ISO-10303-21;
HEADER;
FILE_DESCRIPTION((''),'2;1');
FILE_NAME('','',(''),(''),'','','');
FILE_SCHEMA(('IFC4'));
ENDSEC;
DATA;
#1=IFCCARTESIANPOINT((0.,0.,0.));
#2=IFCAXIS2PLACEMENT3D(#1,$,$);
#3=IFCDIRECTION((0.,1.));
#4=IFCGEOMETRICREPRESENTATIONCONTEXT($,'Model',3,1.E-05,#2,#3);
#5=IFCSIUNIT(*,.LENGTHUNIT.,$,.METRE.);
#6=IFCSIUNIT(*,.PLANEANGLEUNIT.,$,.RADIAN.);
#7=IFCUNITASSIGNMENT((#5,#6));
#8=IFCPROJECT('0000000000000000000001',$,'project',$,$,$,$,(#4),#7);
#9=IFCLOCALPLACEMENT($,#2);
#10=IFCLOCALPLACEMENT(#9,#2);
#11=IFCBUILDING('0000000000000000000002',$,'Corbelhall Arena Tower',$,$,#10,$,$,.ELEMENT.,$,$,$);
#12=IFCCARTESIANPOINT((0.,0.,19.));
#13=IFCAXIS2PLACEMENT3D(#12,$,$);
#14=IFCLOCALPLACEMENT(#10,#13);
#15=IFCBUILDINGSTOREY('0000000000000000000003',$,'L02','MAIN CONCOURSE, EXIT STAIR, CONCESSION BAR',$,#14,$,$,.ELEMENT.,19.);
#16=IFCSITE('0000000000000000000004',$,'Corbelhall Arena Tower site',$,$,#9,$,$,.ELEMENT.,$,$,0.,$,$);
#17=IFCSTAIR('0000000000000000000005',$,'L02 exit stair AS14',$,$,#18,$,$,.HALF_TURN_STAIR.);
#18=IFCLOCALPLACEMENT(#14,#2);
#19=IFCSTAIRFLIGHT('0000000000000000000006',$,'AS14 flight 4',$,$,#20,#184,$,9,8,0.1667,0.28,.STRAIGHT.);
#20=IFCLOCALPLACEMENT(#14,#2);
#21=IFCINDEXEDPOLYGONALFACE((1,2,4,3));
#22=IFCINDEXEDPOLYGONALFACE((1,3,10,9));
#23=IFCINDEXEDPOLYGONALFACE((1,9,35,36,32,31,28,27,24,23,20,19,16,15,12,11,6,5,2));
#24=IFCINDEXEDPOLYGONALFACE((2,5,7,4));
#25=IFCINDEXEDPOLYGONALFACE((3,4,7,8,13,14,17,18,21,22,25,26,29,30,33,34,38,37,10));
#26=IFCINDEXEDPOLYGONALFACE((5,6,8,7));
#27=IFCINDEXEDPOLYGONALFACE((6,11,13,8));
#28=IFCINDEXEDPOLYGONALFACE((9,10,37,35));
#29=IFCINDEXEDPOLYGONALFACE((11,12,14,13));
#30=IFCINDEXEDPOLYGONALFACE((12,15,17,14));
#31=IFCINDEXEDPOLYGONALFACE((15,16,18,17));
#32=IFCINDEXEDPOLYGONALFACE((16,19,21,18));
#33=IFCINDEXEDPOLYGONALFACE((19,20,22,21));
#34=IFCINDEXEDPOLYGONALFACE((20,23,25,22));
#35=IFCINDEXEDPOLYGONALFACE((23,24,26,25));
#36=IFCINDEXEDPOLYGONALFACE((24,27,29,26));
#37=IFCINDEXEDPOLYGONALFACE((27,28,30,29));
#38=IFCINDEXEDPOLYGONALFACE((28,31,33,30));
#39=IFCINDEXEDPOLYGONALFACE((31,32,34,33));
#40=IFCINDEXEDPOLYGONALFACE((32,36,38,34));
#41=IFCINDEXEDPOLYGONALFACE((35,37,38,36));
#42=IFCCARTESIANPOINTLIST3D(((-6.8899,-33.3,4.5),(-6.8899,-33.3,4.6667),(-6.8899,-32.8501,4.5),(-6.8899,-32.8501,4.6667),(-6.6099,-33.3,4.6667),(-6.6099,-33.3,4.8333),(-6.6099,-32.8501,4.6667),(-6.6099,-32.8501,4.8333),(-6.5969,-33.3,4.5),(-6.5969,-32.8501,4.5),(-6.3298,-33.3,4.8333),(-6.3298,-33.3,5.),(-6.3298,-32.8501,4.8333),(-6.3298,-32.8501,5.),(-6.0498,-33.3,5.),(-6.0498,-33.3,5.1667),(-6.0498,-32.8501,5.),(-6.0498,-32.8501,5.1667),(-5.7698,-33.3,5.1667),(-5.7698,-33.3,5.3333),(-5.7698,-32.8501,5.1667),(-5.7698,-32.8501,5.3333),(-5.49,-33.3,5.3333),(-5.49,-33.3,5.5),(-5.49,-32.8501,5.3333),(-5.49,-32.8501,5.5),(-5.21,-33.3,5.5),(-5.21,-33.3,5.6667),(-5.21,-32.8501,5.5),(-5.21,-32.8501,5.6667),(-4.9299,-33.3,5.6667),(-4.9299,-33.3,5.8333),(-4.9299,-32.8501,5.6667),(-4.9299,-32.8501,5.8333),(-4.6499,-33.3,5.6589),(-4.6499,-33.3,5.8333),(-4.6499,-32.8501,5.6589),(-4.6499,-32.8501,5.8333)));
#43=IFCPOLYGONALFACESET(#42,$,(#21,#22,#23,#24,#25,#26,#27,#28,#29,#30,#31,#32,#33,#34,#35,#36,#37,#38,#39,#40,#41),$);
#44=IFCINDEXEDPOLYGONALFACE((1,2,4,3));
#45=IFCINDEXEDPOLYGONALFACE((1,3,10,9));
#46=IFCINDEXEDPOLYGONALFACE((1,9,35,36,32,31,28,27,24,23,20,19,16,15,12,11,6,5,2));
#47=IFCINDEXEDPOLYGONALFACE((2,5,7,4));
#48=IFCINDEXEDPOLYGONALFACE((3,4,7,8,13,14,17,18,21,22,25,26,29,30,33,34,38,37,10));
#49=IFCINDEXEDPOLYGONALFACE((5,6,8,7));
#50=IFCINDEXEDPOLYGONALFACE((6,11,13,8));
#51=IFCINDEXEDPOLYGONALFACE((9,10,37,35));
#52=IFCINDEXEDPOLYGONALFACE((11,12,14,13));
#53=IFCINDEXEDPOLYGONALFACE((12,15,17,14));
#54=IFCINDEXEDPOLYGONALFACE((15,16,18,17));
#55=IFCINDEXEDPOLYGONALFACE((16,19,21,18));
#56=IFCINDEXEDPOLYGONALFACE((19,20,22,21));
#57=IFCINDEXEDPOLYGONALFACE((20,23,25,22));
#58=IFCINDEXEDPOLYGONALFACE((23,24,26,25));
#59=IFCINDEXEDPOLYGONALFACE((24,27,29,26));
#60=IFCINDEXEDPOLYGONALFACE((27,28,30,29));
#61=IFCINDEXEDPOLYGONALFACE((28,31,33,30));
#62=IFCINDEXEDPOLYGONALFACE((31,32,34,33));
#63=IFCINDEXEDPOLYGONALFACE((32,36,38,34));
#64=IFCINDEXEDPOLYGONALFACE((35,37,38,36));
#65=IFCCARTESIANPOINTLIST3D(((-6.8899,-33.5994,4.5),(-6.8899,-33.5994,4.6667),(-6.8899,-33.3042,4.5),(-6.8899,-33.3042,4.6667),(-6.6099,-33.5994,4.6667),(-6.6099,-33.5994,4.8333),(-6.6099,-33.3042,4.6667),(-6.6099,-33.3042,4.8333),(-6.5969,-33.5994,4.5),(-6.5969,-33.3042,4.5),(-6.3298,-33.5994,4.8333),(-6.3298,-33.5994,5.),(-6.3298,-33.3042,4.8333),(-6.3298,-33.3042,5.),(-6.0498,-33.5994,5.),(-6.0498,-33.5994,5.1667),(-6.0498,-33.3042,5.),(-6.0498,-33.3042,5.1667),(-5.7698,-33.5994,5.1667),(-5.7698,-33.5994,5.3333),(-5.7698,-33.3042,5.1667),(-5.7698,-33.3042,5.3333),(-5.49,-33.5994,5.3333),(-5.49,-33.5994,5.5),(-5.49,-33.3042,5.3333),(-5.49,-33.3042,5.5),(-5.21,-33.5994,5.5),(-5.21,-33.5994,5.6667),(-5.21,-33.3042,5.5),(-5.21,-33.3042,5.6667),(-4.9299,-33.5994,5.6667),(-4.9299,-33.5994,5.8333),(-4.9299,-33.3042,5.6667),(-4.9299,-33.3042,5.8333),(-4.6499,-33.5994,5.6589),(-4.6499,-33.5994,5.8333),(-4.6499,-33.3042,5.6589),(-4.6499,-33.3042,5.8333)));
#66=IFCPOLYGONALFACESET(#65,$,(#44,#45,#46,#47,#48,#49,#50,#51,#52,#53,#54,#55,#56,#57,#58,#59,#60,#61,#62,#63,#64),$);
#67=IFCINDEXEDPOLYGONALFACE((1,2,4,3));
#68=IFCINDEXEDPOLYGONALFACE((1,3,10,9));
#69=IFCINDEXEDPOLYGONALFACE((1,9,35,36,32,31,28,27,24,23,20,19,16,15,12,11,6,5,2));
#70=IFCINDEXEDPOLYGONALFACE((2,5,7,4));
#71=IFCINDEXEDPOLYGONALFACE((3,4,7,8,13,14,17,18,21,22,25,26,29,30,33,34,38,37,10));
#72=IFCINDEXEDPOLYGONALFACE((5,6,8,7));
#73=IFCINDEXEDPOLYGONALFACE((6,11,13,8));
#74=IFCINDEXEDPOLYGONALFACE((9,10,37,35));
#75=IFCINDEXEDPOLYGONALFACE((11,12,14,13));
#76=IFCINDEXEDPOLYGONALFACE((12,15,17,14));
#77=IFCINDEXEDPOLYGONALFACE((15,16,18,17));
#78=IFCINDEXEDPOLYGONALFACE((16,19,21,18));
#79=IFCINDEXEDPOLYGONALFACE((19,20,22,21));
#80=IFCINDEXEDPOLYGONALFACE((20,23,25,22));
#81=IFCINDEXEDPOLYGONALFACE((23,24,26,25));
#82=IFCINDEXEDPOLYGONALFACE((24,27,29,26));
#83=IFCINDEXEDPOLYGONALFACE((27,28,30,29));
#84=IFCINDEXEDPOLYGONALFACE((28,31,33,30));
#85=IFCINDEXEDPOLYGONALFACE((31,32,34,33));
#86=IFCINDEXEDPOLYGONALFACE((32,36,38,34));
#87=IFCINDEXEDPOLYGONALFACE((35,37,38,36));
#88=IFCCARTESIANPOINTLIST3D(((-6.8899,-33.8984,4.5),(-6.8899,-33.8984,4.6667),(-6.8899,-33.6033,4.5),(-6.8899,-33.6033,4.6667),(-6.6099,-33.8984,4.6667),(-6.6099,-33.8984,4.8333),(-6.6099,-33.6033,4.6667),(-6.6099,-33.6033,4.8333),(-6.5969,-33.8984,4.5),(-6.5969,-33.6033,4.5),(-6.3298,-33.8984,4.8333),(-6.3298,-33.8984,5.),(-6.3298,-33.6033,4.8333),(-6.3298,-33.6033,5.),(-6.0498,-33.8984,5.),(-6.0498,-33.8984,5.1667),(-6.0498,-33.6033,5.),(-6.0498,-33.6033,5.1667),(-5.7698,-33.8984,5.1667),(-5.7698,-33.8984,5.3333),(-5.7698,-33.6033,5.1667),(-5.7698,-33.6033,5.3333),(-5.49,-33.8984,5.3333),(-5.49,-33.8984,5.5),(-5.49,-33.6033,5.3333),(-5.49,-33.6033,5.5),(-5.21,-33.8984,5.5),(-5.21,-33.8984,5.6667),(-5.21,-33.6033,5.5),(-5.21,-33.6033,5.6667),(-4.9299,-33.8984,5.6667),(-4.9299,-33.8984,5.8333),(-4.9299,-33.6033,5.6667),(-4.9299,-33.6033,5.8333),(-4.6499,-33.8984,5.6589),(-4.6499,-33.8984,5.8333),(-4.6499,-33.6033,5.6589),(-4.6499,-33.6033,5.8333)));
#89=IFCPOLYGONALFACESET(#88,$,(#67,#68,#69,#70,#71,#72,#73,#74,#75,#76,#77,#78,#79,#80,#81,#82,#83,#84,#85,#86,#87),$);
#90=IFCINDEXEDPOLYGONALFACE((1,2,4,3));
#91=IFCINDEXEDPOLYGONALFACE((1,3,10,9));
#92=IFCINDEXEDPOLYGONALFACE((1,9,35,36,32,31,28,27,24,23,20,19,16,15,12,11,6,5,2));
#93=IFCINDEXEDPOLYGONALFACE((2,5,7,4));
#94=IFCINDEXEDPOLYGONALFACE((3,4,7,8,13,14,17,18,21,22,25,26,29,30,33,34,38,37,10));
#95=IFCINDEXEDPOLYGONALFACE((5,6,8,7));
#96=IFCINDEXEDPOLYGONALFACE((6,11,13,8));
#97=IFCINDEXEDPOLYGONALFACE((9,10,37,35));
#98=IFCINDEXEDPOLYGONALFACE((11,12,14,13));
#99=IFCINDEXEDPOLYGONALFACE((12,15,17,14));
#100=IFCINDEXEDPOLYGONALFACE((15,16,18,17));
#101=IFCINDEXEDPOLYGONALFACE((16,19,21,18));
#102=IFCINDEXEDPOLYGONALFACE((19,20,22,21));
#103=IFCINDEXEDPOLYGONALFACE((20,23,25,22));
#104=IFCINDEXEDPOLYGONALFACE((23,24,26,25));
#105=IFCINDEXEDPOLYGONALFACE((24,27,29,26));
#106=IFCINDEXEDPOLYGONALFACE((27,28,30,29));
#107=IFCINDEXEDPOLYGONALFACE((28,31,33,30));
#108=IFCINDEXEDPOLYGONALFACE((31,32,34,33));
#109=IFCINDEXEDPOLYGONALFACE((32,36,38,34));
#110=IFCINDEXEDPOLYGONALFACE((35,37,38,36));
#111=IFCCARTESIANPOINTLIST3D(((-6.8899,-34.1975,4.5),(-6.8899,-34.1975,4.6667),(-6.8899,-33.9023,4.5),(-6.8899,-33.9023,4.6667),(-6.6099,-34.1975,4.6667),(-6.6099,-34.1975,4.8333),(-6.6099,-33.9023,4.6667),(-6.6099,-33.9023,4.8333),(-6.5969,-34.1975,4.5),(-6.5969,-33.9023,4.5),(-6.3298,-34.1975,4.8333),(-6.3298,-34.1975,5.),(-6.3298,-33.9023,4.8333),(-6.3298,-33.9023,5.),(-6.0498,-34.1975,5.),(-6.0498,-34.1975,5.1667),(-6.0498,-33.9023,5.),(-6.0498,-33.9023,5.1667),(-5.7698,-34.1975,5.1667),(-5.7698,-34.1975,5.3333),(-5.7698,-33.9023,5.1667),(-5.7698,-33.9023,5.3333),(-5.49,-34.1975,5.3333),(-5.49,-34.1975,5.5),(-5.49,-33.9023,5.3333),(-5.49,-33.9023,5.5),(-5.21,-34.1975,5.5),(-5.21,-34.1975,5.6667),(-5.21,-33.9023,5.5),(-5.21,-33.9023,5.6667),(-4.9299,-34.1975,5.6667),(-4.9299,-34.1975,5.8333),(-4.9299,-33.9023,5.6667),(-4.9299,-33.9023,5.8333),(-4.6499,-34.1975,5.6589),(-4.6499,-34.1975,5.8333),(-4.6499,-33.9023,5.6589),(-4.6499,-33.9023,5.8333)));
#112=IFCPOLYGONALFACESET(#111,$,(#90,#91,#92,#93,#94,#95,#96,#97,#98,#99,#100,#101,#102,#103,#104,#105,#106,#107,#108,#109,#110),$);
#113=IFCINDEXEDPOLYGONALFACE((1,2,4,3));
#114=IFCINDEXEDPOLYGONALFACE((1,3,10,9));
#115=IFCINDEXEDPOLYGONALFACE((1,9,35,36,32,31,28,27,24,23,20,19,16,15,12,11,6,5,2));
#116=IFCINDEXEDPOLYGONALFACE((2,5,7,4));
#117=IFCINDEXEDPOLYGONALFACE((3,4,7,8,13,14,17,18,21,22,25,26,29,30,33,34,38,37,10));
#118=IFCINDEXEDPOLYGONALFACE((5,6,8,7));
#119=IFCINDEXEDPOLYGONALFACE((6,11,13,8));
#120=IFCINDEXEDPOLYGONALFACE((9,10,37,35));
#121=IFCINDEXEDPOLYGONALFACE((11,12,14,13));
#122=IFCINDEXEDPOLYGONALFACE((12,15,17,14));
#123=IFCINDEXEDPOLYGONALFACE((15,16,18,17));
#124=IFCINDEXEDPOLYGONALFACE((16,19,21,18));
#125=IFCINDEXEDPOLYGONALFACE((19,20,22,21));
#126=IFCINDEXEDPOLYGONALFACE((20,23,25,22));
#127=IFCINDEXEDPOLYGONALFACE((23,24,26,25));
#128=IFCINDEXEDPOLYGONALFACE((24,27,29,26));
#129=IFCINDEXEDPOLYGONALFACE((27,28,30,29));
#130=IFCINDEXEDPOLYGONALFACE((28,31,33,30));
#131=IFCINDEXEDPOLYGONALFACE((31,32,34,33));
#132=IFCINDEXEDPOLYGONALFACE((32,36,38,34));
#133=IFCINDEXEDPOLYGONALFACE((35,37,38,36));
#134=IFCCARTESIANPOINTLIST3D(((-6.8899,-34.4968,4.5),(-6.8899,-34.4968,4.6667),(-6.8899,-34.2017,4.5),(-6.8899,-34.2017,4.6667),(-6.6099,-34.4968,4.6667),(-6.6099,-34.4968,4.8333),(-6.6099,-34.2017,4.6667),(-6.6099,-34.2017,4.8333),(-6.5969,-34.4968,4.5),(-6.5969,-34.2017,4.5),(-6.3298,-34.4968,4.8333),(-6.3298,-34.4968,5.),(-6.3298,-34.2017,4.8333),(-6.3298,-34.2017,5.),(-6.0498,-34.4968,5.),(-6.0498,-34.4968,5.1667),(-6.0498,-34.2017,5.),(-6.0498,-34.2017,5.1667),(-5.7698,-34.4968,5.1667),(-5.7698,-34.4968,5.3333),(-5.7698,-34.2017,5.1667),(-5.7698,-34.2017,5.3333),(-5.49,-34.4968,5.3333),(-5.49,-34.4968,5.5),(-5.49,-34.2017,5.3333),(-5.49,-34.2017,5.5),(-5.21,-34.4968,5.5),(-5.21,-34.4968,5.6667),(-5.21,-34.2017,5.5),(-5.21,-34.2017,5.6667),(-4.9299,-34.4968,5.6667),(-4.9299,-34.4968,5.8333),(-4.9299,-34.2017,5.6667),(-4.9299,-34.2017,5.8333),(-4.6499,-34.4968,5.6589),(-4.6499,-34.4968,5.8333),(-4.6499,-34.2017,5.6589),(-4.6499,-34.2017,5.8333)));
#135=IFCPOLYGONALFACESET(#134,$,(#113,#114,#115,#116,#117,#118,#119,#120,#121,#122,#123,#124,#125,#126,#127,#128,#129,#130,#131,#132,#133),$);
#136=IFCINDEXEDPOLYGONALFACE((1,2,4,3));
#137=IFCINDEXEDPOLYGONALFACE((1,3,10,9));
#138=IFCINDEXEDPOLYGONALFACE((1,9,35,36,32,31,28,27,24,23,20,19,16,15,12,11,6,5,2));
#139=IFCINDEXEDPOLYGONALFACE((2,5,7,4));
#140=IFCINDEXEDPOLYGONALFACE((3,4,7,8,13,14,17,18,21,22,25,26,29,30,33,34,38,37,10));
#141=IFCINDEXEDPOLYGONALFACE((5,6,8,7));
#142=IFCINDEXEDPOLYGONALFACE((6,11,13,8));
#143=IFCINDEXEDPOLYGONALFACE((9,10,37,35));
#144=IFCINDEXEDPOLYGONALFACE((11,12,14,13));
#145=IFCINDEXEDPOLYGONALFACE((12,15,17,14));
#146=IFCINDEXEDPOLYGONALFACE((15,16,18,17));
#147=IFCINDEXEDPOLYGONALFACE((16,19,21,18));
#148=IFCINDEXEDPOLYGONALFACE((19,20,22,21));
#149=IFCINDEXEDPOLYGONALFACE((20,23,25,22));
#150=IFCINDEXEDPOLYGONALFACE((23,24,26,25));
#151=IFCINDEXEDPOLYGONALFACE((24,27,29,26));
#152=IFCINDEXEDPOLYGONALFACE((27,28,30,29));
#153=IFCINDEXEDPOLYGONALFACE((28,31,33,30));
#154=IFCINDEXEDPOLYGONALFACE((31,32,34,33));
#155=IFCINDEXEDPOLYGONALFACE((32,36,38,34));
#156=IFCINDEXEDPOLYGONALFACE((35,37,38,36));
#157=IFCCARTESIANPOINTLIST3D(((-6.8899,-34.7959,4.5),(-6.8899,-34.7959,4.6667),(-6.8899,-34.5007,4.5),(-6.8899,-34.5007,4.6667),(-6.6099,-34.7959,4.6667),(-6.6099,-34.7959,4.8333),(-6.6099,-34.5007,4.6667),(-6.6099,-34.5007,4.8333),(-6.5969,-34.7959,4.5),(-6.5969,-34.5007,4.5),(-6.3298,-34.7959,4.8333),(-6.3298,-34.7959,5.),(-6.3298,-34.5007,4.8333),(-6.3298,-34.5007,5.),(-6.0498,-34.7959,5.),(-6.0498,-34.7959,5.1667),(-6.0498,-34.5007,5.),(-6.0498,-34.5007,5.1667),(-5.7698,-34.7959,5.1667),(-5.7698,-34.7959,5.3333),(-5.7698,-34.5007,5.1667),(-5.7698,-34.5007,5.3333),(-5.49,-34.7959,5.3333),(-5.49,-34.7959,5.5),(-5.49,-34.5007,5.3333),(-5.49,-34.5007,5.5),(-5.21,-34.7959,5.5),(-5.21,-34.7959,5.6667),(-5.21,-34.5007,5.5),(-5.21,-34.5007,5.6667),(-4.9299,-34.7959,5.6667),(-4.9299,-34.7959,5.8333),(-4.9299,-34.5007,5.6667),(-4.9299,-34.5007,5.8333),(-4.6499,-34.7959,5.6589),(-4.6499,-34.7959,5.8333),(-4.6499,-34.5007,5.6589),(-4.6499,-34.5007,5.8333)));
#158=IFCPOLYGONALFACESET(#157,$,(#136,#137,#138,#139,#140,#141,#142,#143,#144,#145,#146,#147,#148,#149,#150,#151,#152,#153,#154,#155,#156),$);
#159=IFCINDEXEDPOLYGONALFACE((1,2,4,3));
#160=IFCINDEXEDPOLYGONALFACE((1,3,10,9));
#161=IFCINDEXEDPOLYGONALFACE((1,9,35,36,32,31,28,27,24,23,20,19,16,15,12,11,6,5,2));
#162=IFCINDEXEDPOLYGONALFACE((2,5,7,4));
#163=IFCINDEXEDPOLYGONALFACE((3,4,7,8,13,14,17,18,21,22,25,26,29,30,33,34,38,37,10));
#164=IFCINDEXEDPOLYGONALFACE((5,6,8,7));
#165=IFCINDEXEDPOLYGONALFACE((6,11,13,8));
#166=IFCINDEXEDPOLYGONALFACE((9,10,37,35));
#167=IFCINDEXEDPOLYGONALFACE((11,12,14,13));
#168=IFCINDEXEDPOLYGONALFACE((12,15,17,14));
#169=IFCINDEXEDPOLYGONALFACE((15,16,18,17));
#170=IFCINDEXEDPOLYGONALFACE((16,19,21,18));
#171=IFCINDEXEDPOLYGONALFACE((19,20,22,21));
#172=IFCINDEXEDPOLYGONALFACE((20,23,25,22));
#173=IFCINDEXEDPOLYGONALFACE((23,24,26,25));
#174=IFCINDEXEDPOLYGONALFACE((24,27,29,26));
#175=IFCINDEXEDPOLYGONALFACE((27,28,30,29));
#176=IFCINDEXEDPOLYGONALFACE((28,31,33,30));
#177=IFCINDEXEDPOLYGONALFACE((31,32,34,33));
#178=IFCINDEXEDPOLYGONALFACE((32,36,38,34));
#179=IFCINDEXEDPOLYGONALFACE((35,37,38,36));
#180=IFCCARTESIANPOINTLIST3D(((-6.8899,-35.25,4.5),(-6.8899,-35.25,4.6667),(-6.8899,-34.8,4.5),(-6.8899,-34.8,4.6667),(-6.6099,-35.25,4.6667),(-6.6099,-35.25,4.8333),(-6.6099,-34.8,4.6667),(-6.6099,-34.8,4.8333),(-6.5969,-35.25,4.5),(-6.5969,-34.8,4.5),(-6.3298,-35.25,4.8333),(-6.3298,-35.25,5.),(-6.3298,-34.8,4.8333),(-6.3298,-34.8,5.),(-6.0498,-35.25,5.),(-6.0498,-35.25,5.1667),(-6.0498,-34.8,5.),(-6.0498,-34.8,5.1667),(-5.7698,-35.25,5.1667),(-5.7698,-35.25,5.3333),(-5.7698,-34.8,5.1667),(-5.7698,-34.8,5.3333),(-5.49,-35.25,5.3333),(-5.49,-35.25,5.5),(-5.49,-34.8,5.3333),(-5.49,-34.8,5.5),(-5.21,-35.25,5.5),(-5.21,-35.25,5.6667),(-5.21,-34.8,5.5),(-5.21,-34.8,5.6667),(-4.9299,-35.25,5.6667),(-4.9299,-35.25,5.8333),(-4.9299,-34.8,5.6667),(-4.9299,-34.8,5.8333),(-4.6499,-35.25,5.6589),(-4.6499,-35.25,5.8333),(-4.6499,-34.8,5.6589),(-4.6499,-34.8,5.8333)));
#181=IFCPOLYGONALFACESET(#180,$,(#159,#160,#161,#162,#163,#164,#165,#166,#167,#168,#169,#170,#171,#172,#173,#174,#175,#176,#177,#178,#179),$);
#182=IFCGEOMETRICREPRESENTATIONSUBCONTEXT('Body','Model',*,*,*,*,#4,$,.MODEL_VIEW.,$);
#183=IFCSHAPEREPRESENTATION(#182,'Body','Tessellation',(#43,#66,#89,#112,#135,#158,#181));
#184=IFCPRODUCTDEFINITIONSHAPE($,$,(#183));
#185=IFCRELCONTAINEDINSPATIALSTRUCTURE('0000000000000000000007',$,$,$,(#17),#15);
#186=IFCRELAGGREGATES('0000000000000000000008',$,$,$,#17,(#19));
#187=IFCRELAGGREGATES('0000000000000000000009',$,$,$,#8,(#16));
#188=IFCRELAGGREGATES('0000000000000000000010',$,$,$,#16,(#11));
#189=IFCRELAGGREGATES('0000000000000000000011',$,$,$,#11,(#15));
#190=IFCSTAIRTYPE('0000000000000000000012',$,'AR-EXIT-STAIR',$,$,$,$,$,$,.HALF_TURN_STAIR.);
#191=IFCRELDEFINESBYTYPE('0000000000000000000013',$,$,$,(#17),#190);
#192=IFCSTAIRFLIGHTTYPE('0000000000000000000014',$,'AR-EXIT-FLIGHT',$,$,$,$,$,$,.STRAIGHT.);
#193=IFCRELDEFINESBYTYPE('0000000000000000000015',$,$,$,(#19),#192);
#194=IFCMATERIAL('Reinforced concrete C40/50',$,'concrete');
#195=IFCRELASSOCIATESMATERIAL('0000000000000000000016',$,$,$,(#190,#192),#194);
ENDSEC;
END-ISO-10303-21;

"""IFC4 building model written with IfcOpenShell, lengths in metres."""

from ifc_helpers import new_model, si_unit, direction, frame, origin, place, context, subcontext, project, spatial, polyline, outline, extrude, material, type_object, element, aggregate, save


model = new_model("IFC4")

# Units and contexts
model_context = context("Model", 3, precision=1e-05, world=origin(), true_north=direction((0.0, 1.0)))
body_context = subcontext(model_context, "Body", "Model", "MODEL_VIEW")
ifc_project = project(units=[si_unit("LENGTHUNIT", "METRE"), si_unit("PLANEANGLEUNIT", "RADIAN")], contexts=[model_context])

# Site, building, storey
site_placement = place(None, origin())
site = spatial("IfcSite", under=ifc_project, at=site_placement, Name="Corbelhall Arena Tower site", CompositionType="ELEMENT", RefElevation=0.0)
building_placement = place(site_placement, origin())
building = spatial("IfcBuilding", under=site, at=building_placement, Name="Corbelhall Arena Tower", CompositionType="ELEMENT")
storey_placement = place(building_placement, frame((0.0, 0.0, 19.0)))
storey = spatial("IfcBuildingStorey", under=building, at=storey_placement, Name="L02", Description="MAIN CONCOURSE, EXIT STAIR, CONCESSION BAR", CompositionType="ELEMENT", Elevation=19.0)

# Shared definitions
ifc_material_1 = material(Name="Reinforced concrete C40/50", Category="concrete")

# Stair, stair flight
stair_type = type_object("IfcStairType", Name="AR-EXIT-STAIR", PredefinedType="HALF_TURN_STAIR", material=ifc_material_1)
stair_flight_type = type_object("IfcStairFlightType", Name="AR-EXIT-FLIGHT", PredefinedType="STRAIGHT", material=ifc_material_1)
stair_1_placement = place(storey_placement, origin())
stair_1 = element("IfcStair", 1, at=stair_1_placement, inside=storey, type_object=stair_type, Name="L02 exit stair AS14", PredefinedType="HALF_TURN_STAIR")
stair_flight_1_placement = place(storey_placement, frame((-6.8899, -34.05, 4.5), z_axis=(0.0, 0.0, 1.0), x_axis=(1.0, 0.0, 0.0)))
stair_flight_1 = element("IfcStairFlight", 2, at=stair_flight_1_placement, type_object=stair_flight_type, Name="AS14 flight 4", NumberOfRisers=9, NumberOfTreads=8, PredefinedType="STRAIGHT", RiserHeight=0.1667, TreadLength=0.28, context=body_context, shape_type="SweptSolid", body=[
    extrude(outline(polyline([(0.0, 0.0), (0.0, 0.1667), (0.28, 0.1667), (0.28, 0.3333), (0.5601, 0.3333), (0.5601, 0.5), (0.8401, 0.5), (0.8401, 0.6667), (1.1201, 0.6667), (1.1201, 0.8333), (1.3999, 0.8333), (1.3999, 1.0), (1.6799, 1.0), (1.6799, 1.1667), (1.96, 1.1667), (1.96, 1.3333), (2.24, 1.3333), (2.24, 1.5), (2.24, 1.1589), (0.293, 0.0), (0.0, 0.0)])), frame((0.0, 1.2, 0.0), z_axis=(0.0, -1.0, 0.0), x_axis=(1.0, 0.0, 0.0)), (0.0, 0.0, 1.0), 0.45),
    extrude(outline(polyline([(0.0, 0.0), (0.0, 0.1667), (0.28, 0.1667), (0.28, 0.3333), (0.5601, 0.3333), (0.5601, 0.5), (0.8401, 0.5), (0.8401, 0.6667), (1.1201, 0.6667), (1.1201, 0.8333), (1.3999, 0.8333), (1.3999, 1.0), (1.6799, 1.0), (1.6799, 1.1667), (1.96, 1.1667), (1.96, 1.3333), (2.24, 1.3333), (2.24, 1.5), (2.24, 1.1589), (0.293, 0.0), (0.0, 0.0)])), frame((0.0, 0.7458, 0.0), z_axis=(0.0, -1.0, 0.0), x_axis=(1.0, 0.0, 0.0)), (0.0, 0.0, 1.0), 0.2952),
    extrude(outline(polyline([(0.0, 0.0), (0.0, 0.1667), (0.28, 0.1667), (0.28, 0.3333), (0.5601, 0.3333), (0.5601, 0.5), (0.8401, 0.5), (0.8401, 0.6667), (1.1201, 0.6667), (1.1201, 0.8333), (1.3999, 0.8333), (1.3999, 1.0), (1.6799, 1.0), (1.6799, 1.1667), (1.96, 1.1667), (1.96, 1.3333), (2.24, 1.3333), (2.24, 1.5), (2.24, 1.1589), (0.293, 0.0), (0.0, 0.0)])), frame((0.0, 0.4468, 0.0), z_axis=(0.0, -1.0, 0.0), x_axis=(1.0, 0.0, 0.0)), (0.0, 0.0, 1.0), 0.2952),
    extrude(outline(polyline([(0.0, 0.0), (0.0, 0.1667), (0.28, 0.1667), (0.28, 0.3333), (0.5601, 0.3333), (0.5601, 0.5), (0.8401, 0.5), (0.8401, 0.6667), (1.1201, 0.6667), (1.1201, 0.8333), (1.3999, 0.8333), (1.3999, 1.0), (1.6799, 1.0), (1.6799, 1.1667), (1.96, 1.1667), (1.96, 1.3333), (2.24, 1.3333), (2.24, 1.5), (2.24, 1.1589), (0.293, 0.0), (0.0, 0.0)])), frame((0.0, 0.1477, 0.0), z_axis=(0.0, -1.0, 0.0), x_axis=(1.0, 0.0, 0.0)), (0.0, 0.0, 1.0), 0.2952),
    extrude(outline(polyline([(0.0, 0.0), (0.0, 0.1667), (0.28, 0.1667), (0.28, 0.3333), (0.5601, 0.3333), (0.5601, 0.5), (0.8401, 0.5), (0.8401, 0.6667), (1.1201, 0.6667), (1.1201, 0.8333), (1.3999, 0.8333), (1.3999, 1.0), (1.6799, 1.0), (1.6799, 1.1667), (1.96, 1.1667), (1.96, 1.3333), (2.24, 1.3333), (2.24, 1.5), (2.24, 1.1589), (0.293, 0.0), (0.0, 0.0)])), frame((0.0, -0.1516, 0.0), z_axis=(0.0, -1.0, 0.0), x_axis=(1.0, 0.0, 0.0)), (0.0, 0.0, 1.0), 0.2952),
    extrude(outline(polyline([(0.0, 0.0), (0.0, 0.1667), (0.28, 0.1667), (0.28, 0.3333), (0.5601, 0.3333), (0.5601, 0.5), (0.8401, 0.5), (0.8401, 0.6667), (1.1201, 0.6667), (1.1201, 0.8333), (1.3999, 0.8333), (1.3999, 1.0), (1.6799, 1.0), (1.6799, 1.1667), (1.96, 1.1667), (1.96, 1.3333), (2.24, 1.3333), (2.24, 1.5), (2.24, 1.1589), (0.293, 0.0), (0.0, 0.0)])), frame((0.0, -0.4507, 0.0), z_axis=(0.0, -1.0, 0.0), x_axis=(1.0, 0.0, 0.0)), (0.0, 0.0, 1.0), 0.2952),
    extrude(outline(polyline([(0.0, 0.0), (0.0, 0.1667), (0.28, 0.1667), (0.28, 0.3333), (0.5601, 0.3333), (0.5601, 0.5), (0.8401, 0.5), (0.8401, 0.6667), (1.1201, 0.6667), (1.1201, 0.8333), (1.3999, 0.8333), (1.3999, 1.0), (1.6799, 1.0), (1.6799, 1.1667), (1.96, 1.1667), (1.96, 1.3333), (2.24, 1.3333), (2.24, 1.5), (2.24, 1.1589), (0.293, 0.0), (0.0, 0.0)])), frame((0.0, -0.75, 0.0), z_axis=(0.0, -1.0, 0.0), x_axis=(1.0, 0.0, 0.0)), (0.0, 0.0, 1.0), 0.45),
])
aggregate(stair_1, [stair_flight_1])

save(model, "model.ifc")
